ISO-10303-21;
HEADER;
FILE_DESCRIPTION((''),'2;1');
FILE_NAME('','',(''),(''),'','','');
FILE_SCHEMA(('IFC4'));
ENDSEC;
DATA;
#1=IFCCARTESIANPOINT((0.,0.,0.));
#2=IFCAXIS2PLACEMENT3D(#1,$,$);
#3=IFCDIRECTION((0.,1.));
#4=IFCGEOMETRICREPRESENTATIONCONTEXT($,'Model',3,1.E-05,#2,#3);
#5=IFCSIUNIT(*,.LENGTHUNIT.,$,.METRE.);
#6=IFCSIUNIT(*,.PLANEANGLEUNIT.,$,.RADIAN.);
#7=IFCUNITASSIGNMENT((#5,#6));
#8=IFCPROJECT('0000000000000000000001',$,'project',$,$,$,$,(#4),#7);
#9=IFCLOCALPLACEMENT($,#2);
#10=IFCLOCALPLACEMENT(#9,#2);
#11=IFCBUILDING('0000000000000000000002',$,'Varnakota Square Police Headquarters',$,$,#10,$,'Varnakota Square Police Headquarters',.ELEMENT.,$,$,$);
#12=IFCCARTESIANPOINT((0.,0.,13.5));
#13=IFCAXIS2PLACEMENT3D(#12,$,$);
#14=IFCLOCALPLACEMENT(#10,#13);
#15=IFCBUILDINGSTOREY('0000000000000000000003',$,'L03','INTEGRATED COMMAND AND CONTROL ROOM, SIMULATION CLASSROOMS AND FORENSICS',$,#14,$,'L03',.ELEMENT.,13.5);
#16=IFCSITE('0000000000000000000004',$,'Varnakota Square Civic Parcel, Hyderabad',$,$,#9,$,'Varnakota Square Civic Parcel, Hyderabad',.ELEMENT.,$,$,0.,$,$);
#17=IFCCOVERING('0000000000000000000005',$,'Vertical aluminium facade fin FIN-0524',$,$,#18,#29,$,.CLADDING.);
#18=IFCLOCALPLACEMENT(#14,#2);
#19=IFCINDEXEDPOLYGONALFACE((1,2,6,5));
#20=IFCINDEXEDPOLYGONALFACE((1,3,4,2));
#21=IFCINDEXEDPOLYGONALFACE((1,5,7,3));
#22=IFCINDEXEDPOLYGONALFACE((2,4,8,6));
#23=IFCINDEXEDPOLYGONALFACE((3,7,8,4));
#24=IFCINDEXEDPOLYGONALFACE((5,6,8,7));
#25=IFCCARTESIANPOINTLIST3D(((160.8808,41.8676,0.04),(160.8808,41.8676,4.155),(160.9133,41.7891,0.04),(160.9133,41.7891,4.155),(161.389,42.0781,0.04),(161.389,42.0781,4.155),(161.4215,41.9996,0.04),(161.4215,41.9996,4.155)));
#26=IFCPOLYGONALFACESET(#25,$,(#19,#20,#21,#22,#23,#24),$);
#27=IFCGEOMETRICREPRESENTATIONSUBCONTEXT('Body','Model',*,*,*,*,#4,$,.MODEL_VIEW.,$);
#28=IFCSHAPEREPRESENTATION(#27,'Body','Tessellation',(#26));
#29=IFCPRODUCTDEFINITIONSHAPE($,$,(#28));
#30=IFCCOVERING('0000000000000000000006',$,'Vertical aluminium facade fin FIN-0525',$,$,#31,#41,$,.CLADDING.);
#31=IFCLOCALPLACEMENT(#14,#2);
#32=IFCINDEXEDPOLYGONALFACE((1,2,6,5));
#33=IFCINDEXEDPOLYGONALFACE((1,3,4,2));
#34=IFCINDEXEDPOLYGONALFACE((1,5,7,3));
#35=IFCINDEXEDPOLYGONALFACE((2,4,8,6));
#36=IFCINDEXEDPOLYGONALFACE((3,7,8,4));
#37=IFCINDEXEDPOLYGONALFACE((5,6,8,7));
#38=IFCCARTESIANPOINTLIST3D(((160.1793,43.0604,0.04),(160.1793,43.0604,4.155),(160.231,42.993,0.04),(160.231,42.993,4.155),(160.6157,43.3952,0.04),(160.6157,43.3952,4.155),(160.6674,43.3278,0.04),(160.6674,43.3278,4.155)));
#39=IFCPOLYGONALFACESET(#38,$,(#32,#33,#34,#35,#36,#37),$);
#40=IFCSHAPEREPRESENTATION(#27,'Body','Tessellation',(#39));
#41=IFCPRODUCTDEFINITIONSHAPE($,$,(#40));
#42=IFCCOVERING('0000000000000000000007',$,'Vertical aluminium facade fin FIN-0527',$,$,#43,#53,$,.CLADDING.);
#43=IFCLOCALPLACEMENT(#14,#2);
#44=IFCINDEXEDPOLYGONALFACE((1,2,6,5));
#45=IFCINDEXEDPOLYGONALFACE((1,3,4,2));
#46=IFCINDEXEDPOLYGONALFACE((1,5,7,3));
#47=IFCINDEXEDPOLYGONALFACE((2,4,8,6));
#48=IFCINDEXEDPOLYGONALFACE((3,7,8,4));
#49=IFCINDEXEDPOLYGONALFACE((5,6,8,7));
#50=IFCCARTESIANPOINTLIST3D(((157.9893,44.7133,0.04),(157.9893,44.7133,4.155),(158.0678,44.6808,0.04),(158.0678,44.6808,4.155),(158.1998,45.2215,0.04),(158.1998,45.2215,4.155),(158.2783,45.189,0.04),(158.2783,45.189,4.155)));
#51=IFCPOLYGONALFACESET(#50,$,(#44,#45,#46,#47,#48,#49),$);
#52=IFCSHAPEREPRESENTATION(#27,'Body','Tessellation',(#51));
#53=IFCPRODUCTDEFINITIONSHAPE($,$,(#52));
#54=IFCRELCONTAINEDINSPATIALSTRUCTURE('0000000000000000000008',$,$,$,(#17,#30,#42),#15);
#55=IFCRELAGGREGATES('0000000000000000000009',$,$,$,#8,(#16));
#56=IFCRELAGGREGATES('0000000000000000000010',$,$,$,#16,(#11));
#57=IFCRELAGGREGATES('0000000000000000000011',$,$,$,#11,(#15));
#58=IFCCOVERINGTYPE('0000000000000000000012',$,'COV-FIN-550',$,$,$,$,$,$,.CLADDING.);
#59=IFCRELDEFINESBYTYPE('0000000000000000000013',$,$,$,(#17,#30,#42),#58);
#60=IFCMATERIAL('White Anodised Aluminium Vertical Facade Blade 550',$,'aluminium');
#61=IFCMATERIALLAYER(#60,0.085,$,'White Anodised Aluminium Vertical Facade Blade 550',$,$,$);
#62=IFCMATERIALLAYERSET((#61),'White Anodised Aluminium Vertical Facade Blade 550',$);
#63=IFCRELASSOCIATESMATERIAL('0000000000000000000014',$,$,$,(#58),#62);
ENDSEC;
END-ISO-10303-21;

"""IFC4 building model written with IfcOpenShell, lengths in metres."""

from ifc_helpers import new_model, si_unit, direction, frame, origin, origin_2d, place, context, subcontext, project, spatial, rectangle, extrude, material, layer, layer_set, type_object, element, save


model = new_model("IFC4")

# Units and contexts
model_context = context("Model", 3, precision=1e-05, world=origin(), true_north=direction((0.0, 1.0)))
body_context = subcontext(model_context, "Body", "Model", "MODEL_VIEW")
ifc_project = project(units=[si_unit("LENGTHUNIT", "METRE"), si_unit("PLANEANGLEUNIT", "RADIAN")], contexts=[model_context])

# Site, building, storey
site_placement = place(None, origin())
site = spatial("IfcSite", under=ifc_project, at=site_placement, Name="Varnakota Square Civic Parcel, Hyderabad", LongName="Varnakota Square Civic Parcel, Hyderabad", CompositionType="ELEMENT", RefElevation=0.0)
building_placement = place(site_placement, origin())
building = spatial("IfcBuilding", under=site, at=building_placement, Name="Varnakota Square Police Headquarters", LongName="Varnakota Square Police Headquarters", CompositionType="ELEMENT")
storey_placement = place(building_placement, frame((0.0, 0.0, 13.5)))
storey = spatial("IfcBuildingStorey", under=building, at=storey_placement, Name="L03", Description="INTEGRATED COMMAND AND CONTROL ROOM, SIMULATION CLASSROOMS AND FORENSICS", LongName="L03", CompositionType="ELEMENT", Elevation=13.5)

# Coverings
ifc_material_1 = material(Name="White Anodised Aluminium Vertical Facade Blade 550", Category="aluminium")
ifc_layer_1 = layer(ifc_material_1, 0.085, Name="White Anodised Aluminium Vertical Facade Blade 550")
ifc_layer_set_1 = layer_set([ifc_layer_1], Name="White Anodised Aluminium Vertical Facade Blade 550")
covering_type_1 = type_object("IfcCoveringType", Name="COV-FIN-550", PredefinedType="CLADDING", material=ifc_layer_set_1)
for number, where, z_axis, x_axis, name in (
    (1, (161.1511, 41.9336, 0.04), (0.0, 0.0, 1.0), (-0.382683, 0.92388, 0.0), "Vertical aluminium facade fin FIN-0524"),
    (2, (160.4233, 43.1941, 0.04), (0.0, 0.0, 1.0), (-0.608761, 0.793353, 0.0), "Vertical aluminium facade fin FIN-0525"),
    (3, (158.1338, 44.9512, 0.04), (0.0, 0.0, 1.0), (-0.92388, 0.382683, 0.0), "Vertical aluminium facade fin FIN-0527"),
):
    element("IfcCovering", number, at=place(storey_placement, frame(where, z_axis=z_axis, x_axis=x_axis)), inside=storey, type_object=covering_type_1, Name=name, PredefinedType="CLADDING", context=body_context, shape_type="SweptSolid", body=[
        extrude(rectangle(XDim=0.085, YDim=0.55, at=origin_2d()), origin(), (0.0, 0.0, 1.0), 4.115),
    ])

save(model, "model.ifc")
